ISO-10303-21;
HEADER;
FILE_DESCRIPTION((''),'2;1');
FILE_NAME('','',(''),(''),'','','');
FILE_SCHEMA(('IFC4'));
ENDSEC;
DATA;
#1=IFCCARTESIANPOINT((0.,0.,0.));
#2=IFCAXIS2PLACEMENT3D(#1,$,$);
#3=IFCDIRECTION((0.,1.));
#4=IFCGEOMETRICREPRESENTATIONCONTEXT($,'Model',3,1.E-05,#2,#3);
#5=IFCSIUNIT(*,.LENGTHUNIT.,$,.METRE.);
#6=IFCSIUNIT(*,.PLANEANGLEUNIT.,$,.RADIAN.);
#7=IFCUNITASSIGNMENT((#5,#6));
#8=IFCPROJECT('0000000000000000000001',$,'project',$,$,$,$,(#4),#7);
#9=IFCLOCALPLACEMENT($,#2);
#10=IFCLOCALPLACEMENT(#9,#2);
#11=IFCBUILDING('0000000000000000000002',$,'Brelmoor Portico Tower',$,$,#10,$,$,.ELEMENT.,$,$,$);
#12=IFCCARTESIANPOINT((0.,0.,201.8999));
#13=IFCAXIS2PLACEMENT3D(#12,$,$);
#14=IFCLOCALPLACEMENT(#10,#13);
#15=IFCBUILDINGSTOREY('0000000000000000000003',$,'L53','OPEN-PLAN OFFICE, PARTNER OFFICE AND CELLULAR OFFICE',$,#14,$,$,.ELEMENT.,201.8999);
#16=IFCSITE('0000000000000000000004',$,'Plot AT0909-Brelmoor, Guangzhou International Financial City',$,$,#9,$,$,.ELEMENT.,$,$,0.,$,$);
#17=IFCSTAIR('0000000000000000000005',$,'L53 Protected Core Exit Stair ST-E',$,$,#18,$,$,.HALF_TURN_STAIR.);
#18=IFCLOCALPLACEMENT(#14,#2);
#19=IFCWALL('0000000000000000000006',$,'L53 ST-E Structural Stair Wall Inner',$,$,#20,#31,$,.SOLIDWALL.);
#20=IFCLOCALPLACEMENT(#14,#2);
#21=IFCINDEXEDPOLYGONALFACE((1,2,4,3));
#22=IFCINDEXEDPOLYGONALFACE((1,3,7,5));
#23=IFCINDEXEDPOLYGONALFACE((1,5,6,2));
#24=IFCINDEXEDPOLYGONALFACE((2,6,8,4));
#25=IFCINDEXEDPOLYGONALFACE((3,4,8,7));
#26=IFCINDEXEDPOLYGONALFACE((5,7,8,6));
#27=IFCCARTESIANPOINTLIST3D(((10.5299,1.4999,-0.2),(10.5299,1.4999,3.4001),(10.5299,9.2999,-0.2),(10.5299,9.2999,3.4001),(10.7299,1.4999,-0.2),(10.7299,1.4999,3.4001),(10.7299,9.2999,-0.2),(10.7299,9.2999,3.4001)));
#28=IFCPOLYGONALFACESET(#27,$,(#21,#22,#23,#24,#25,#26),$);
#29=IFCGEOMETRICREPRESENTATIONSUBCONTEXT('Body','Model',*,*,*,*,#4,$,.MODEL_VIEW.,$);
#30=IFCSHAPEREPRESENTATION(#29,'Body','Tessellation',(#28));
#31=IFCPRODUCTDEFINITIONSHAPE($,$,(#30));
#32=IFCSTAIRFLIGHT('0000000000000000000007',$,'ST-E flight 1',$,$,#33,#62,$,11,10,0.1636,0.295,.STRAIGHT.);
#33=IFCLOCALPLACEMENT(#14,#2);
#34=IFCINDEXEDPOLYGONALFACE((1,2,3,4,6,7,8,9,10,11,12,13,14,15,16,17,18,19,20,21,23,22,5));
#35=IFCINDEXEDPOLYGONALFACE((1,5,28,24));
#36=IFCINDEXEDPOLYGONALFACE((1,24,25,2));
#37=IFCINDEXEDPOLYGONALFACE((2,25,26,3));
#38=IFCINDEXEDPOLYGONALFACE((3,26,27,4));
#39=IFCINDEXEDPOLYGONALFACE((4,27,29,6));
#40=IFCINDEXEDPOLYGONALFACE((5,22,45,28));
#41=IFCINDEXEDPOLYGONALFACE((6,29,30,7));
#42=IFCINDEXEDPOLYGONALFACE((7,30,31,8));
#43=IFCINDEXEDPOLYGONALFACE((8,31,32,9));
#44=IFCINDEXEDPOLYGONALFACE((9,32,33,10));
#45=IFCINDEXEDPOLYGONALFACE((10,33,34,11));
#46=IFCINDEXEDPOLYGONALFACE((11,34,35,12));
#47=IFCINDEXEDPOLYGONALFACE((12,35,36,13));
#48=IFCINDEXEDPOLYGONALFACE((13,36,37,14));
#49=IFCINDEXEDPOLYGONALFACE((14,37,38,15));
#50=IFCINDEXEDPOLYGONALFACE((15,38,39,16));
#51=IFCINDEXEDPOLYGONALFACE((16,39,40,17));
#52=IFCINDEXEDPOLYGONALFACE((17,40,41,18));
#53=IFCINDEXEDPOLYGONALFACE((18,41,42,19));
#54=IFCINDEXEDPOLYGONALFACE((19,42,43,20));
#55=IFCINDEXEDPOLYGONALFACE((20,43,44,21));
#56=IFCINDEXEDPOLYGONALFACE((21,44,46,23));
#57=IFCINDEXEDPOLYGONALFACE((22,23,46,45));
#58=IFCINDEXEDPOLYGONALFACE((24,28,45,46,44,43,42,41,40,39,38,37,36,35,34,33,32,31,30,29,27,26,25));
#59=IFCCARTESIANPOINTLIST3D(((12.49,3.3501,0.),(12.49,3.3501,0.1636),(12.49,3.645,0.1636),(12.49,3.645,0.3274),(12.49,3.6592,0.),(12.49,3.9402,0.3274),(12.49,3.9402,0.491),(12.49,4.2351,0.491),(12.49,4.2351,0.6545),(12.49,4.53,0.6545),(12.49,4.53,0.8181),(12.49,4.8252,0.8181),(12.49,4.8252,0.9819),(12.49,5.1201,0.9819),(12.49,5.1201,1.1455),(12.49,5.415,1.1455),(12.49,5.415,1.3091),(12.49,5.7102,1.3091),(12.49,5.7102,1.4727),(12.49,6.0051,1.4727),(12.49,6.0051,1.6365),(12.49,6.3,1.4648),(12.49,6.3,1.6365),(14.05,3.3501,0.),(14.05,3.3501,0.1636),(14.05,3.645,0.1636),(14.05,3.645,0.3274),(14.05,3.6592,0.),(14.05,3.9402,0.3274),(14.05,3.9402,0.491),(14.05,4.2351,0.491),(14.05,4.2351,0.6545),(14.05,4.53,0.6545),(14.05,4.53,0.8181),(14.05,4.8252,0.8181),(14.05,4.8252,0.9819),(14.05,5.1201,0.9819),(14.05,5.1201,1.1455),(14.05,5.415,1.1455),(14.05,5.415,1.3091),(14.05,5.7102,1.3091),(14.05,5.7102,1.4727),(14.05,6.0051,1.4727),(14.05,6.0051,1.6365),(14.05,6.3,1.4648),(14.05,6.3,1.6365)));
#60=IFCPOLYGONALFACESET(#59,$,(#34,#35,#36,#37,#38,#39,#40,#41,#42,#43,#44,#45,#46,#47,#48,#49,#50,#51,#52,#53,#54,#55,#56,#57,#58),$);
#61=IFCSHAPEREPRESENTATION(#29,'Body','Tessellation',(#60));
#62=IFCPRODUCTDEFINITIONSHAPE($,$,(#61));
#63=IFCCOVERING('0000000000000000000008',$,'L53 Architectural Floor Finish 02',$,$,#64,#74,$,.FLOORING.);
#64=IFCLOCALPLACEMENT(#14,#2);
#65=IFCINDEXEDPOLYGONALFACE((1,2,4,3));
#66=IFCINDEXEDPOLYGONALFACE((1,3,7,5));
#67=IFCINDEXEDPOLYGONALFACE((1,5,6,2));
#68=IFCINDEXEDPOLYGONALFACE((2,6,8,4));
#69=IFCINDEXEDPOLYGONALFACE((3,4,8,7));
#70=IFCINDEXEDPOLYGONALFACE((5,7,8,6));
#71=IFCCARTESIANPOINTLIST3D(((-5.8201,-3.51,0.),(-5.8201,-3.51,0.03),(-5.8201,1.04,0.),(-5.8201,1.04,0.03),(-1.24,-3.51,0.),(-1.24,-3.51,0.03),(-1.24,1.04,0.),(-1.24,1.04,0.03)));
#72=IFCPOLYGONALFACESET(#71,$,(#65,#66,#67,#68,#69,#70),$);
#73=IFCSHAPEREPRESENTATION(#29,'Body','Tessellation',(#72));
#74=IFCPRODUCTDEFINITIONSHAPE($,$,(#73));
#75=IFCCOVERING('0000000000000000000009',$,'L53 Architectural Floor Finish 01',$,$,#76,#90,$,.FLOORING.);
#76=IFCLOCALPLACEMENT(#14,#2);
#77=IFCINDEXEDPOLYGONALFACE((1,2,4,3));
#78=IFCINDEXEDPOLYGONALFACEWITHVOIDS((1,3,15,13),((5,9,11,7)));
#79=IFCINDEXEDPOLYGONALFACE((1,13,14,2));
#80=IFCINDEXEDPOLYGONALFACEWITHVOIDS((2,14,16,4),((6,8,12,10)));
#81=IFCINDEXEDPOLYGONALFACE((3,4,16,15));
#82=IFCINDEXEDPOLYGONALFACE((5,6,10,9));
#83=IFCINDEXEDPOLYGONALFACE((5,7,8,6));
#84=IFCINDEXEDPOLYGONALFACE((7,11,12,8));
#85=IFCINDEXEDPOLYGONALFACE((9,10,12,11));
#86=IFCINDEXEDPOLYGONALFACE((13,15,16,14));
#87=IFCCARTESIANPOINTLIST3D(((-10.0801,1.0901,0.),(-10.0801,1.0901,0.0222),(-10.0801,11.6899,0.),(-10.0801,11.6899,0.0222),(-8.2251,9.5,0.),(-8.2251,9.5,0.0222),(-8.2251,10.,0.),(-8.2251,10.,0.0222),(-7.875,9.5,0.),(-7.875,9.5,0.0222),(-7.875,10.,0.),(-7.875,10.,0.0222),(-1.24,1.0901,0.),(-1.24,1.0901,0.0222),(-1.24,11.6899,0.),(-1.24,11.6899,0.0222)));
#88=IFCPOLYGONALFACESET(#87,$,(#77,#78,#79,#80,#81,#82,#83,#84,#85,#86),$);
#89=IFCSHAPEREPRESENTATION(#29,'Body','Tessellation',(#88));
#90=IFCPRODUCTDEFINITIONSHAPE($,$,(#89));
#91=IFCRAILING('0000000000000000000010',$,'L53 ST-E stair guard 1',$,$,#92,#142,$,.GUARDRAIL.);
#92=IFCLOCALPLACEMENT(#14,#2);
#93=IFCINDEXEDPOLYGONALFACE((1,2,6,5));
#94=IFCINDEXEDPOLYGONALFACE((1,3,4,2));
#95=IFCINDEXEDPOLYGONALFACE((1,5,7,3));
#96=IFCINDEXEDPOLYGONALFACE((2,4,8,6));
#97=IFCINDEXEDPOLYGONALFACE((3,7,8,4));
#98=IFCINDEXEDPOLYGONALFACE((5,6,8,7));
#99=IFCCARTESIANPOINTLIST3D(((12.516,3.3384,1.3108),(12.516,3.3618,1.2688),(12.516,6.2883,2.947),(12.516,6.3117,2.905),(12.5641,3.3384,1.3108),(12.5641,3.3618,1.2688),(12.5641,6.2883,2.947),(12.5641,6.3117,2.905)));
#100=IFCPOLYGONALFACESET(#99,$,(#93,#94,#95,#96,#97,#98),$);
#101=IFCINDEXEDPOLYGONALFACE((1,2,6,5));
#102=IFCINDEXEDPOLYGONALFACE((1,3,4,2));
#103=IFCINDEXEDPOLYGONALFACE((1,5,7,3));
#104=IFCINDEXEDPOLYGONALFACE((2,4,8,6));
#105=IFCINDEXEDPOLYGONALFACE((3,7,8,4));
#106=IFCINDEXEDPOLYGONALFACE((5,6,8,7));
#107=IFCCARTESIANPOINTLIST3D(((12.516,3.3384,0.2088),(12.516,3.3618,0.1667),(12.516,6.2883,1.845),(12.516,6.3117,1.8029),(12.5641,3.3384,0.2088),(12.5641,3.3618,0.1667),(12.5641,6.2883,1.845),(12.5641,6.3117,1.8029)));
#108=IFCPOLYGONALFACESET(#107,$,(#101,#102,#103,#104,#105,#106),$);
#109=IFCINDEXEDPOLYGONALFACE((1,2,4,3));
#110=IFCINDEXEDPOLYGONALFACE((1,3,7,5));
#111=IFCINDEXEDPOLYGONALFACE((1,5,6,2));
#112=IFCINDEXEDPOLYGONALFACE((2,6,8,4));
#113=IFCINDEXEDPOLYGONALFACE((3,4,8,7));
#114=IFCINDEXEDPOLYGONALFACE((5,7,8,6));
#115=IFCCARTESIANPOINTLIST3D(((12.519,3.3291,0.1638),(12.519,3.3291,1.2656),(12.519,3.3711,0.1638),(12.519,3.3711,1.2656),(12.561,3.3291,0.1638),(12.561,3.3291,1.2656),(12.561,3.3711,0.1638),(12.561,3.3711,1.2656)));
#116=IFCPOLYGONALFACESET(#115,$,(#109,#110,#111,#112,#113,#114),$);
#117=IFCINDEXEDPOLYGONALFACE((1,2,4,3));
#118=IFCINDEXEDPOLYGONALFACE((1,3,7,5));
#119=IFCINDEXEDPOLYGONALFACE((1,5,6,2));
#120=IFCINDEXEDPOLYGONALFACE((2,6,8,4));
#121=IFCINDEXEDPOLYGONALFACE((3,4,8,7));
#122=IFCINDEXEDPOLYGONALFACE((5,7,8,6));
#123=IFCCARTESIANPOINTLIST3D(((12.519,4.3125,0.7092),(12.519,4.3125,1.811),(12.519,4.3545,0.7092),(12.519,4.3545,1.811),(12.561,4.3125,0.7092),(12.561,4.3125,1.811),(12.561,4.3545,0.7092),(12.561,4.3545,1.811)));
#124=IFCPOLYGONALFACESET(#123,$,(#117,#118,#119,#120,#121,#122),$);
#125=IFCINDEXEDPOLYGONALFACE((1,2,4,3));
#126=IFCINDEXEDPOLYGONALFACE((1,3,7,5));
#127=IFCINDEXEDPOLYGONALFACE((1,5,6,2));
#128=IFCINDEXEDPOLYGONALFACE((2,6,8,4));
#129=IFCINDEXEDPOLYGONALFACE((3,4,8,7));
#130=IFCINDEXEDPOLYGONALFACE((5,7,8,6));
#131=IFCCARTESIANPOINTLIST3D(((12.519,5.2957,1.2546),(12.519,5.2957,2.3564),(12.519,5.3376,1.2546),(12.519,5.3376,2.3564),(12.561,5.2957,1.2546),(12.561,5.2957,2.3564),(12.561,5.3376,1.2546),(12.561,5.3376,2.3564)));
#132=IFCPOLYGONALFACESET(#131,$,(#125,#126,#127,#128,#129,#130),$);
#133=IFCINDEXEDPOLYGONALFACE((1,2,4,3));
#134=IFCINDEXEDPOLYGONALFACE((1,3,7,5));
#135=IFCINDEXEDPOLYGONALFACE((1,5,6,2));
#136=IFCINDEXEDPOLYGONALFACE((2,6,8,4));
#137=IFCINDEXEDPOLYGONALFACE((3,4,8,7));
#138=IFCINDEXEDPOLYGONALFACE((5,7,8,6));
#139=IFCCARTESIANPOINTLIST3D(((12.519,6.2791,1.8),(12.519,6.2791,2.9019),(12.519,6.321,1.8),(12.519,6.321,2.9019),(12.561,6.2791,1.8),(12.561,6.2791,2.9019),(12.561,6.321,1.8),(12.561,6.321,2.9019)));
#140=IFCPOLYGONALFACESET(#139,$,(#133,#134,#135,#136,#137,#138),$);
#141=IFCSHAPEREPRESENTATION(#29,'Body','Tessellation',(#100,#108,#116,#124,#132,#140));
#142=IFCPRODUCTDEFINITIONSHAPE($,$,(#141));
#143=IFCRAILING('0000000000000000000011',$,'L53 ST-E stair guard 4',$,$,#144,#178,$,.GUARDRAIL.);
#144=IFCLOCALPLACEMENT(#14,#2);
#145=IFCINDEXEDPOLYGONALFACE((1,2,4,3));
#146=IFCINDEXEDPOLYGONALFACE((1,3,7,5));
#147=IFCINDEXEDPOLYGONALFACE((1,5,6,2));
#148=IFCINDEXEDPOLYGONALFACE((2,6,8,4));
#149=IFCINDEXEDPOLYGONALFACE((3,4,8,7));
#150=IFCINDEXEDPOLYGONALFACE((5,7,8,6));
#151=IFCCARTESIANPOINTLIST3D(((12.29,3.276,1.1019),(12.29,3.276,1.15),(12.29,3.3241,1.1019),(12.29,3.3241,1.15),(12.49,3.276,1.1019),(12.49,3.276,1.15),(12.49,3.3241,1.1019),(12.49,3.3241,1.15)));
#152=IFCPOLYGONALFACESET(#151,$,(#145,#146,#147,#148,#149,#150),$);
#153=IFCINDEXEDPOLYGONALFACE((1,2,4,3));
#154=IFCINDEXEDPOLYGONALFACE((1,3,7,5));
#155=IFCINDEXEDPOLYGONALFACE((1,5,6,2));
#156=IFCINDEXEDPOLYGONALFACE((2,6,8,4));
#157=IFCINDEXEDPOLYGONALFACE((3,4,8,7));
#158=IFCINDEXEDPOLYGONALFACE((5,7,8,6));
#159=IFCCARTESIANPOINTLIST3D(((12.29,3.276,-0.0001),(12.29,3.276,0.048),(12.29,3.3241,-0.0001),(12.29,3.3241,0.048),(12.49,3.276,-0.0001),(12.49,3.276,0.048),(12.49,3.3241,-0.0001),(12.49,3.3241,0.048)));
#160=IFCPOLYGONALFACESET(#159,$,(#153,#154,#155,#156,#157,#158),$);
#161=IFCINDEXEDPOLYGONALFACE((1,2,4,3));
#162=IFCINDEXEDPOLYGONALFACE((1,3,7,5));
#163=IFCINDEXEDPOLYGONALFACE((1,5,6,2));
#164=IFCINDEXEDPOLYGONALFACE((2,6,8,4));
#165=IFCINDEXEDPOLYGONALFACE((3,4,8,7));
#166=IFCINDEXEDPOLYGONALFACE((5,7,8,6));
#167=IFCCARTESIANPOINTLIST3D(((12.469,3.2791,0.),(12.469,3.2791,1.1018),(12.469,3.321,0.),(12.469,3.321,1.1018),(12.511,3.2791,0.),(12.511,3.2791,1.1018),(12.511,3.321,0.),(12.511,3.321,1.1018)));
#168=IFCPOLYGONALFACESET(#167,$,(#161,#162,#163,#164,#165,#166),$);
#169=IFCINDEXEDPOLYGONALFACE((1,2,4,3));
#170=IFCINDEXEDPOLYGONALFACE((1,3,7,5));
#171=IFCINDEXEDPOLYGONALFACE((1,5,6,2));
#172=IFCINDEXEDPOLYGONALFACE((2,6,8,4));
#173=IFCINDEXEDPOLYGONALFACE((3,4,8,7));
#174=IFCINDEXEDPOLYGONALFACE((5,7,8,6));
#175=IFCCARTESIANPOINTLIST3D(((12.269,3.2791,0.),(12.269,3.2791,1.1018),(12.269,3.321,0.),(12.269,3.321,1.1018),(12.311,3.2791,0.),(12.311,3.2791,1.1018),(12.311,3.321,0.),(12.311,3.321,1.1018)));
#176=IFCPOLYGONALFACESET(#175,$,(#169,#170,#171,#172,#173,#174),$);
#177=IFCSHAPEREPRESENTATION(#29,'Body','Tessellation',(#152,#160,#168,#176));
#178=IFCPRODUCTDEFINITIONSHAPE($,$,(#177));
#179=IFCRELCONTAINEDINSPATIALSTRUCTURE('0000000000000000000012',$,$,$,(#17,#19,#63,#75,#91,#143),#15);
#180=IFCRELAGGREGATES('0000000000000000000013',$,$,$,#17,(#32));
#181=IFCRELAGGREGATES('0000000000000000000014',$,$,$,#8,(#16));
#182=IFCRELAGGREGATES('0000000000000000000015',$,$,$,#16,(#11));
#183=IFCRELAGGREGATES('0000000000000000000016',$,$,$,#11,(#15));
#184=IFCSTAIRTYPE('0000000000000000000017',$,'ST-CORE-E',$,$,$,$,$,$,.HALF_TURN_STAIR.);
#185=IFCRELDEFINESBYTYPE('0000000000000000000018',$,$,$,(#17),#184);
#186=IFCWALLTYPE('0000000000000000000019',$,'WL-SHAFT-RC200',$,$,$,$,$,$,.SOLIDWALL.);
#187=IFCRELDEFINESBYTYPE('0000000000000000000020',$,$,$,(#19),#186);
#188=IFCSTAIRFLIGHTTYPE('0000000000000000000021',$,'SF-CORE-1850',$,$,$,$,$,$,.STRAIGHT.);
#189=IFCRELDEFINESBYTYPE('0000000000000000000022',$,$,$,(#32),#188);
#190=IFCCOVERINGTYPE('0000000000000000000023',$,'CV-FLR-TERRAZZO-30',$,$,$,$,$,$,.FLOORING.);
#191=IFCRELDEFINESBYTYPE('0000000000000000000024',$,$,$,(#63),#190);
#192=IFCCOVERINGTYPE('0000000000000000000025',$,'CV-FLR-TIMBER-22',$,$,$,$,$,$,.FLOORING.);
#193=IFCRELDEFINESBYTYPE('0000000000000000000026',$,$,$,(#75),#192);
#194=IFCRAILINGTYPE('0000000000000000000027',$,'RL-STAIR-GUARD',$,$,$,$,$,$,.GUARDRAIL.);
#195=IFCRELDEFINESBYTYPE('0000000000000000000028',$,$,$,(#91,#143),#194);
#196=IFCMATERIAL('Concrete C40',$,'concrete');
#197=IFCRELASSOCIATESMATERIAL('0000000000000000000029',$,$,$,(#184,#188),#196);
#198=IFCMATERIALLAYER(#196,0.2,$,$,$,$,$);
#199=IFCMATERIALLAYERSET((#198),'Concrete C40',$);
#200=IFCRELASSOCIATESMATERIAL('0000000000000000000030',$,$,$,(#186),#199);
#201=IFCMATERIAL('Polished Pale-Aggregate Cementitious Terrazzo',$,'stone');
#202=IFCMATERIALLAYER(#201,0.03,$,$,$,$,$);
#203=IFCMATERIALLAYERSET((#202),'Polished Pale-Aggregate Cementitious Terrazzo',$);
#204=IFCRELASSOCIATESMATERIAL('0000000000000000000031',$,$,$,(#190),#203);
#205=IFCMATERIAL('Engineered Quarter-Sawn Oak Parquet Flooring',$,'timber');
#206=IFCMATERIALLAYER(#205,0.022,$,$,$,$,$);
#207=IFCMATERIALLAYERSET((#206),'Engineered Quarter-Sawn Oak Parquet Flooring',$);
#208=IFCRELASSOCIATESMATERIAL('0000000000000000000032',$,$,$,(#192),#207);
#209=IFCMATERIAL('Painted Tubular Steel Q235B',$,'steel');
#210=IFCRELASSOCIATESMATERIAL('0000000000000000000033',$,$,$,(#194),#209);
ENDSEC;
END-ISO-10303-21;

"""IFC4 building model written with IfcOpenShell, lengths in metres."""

from ifc_helpers import new_model, si_unit, direction, frame, frame_2d, origin, origin_2d, place, context, subcontext, project, spatial, polyline, rectangle, outline, extrude, material, layer, layer_set, type_object, element, aggregate, save


model = new_model("IFC4")

# Units and contexts
model_context = context("Model", 3, precision=1e-05, world=origin(), true_north=direction((0.0, 1.0)))
body_context = subcontext(model_context, "Body", "Model", "MODEL_VIEW")
ifc_project = project(units=[si_unit("LENGTHUNIT", "METRE"), si_unit("PLANEANGLEUNIT", "RADIAN")], contexts=[model_context])

# Site, building, storey
site_placement = place(None, origin())
site = spatial("IfcSite", under=ifc_project, at=site_placement, Name="Plot AT0909-Brelmoor, Guangzhou International Financial City", CompositionType="ELEMENT", RefElevation=0.0)
building_placement = place(site_placement, origin())
building = spatial("IfcBuilding", under=site, at=building_placement, Name="Brelmoor Portico Tower", CompositionType="ELEMENT")
storey_placement = place(building_placement, frame((0.0, 0.0, 201.8999)))
storey = spatial("IfcBuildingStorey", under=building, at=storey_placement, Name="L53", Description="OPEN-PLAN OFFICE, PARTNER OFFICE AND CELLULAR OFFICE", CompositionType="ELEMENT", Elevation=201.8999)

# Stair
ifc_material_1 = material(Name="Concrete C40", Category="concrete")
stair_type_1 = type_object("IfcStairType", Name="ST-CORE-E", PredefinedType="HALF_TURN_STAIR", material=ifc_material_1)
stair_1_placement = place(storey_placement, origin())
stair_1 = element("IfcStair", 1, at=stair_1_placement, inside=storey, type_object=stair_type_1, Name="L53 Protected Core Exit Stair ST-E", PredefinedType="HALF_TURN_STAIR")

# Shared definitions
ifc_layer_1 = layer(ifc_material_1, 0.2)
ifc_layer_set_1 = layer_set([ifc_layer_1], Name="Concrete C40")
wall_type_1 = type_object("IfcWallType", Name="WL-SHAFT-RC200", PredefinedType="SOLIDWALL", material=ifc_layer_set_1)

# Wall
wall_1_placement = place(storey_placement, frame((10.6299, 1.5, -0.2), z_axis=(0.0, 0.0, 1.0), x_axis=(0.0, 1.0, 0.0)))
element("IfcWall", 2, at=wall_1_placement, inside=storey, type_object=wall_type_1, Name="L53 ST-E Structural Stair Wall Inner", PredefinedType="SOLIDWALL", context=body_context, shape_type="SweptSolid", body=[
    extrude(rectangle(XDim=7.8, YDim=0.2, at=frame_2d((3.8999, 0.0))), origin(), (0.0, 0.0, 1.0), 3.6001),
])

# Stair flight
stair_flight_type = type_object("IfcStairFlightType", Name="SF-CORE-1850", PredefinedType="STRAIGHT", material=ifc_material_1)
stair_flight_placement = place(storey_placement, frame((13.27, 3.3501, 0.0), z_axis=(0.0, 0.0, 1.0), x_axis=(0.0, 1.0, 0.0)))
stair_flight = element("IfcStairFlight", 3, at=stair_flight_placement, type_object=stair_flight_type, Name="ST-E flight 1", NumberOfRisers=11, NumberOfTreads=10, PredefinedType="STRAIGHT", RiserHeight=0.1636, TreadLength=0.295, context=body_context, shape_type="SweptSolid", body=[
    extrude(outline(polyline([(0.0, 0.0), (0.0, 0.1636), (0.2949, 0.1636), (0.2949, 0.3274), (0.5901, 0.3274), (0.5901, 0.491), (0.885, 0.491), (0.885, 0.6545), (1.1799, 0.6545), (1.1799, 0.8181), (1.4751, 0.8181), (1.4751, 0.9819), (1.77, 0.9819), (1.77, 1.1455), (2.0649, 1.1455), (2.0649, 1.3091), (2.3601, 1.3091), (2.3601, 1.4727), (2.655, 1.4727), (2.655, 1.6365), (2.95, 1.6365), (2.95, 1.8), (2.95, 1.4648), (0.3091, 0.0), (0.0, 0.0)])), frame((0.0, 0.78, 0.0), z_axis=(0.0, -1.0, 0.0), x_axis=(1.0, 0.0, 0.0)), (0.0, 0.0, 1.0), 1.5601),
])
aggregate(stair_1, [stair_flight])

# Coverings
ifc_material_2 = material(Name="Polished Pale-Aggregate Cementitious Terrazzo", Category="stone")
ifc_layer_2 = layer(ifc_material_2, 0.03)
ifc_layer_set_2 = layer_set([ifc_layer_2], Name="Polished Pale-Aggregate Cementitious Terrazzo")
covering_type_1 = type_object("IfcCoveringType", Name="CV-FLR-TERRAZZO-30", PredefinedType="FLOORING", material=ifc_layer_set_2)
covering_1_placement = place(storey_placement, origin())
element("IfcCovering", 4, at=covering_1_placement, inside=storey, type_object=covering_type_1, Name="L53 Architectural Floor Finish 02", PredefinedType="FLOORING", context=body_context, shape_type="SweptSolid", body=[
    extrude(outline(polyline([(-5.8201, -3.51), (-5.8201, 1.04), (-1.24, 1.04), (-1.24, -3.51), (-5.8201, -3.51)])), origin(), (0.0, 0.0, 1.0), 0.03),
])
ifc_material_3 = material(Name="Engineered Quarter-Sawn Oak Parquet Flooring", Category="timber")
ifc_layer_3 = layer(ifc_material_3, 0.022)
ifc_layer_set_3 = layer_set([ifc_layer_3], Name="Engineered Quarter-Sawn Oak Parquet Flooring")
covering_type_2 = type_object("IfcCoveringType", Name="CV-FLR-TIMBER-22", PredefinedType="FLOORING", material=ifc_layer_set_3)
covering_2_placement = place(storey_placement, origin())
element("IfcCovering", 5, at=covering_2_placement, inside=storey, type_object=covering_type_2, Name="L53 Architectural Floor Finish 01", PredefinedType="FLOORING", context=body_context, shape_type="SweptSolid", body=[
    extrude(outline(polyline([(-10.0801, 11.6899), (-1.24, 11.6899), (-1.24, 1.0901), (-10.0801, 1.0901), (-10.0801, 11.6899)]), holes=[polyline([(-7.875, 9.5), (-7.875, 10.0), (-8.2251, 10.0), (-8.2251, 9.5), (-7.875, 9.5)])]), origin(), (0.0, 0.0, 1.0), 0.0222),
])

# Railings
ifc_material_4 = material(Name="Painted Tubular Steel Q235B", Category="steel")
railing_type_1 = type_object("IfcRailingType", Name="RL-STAIR-GUARD", PredefinedType="GUARDRAIL", material=ifc_material_4)
railing_1_placement = place(storey_placement, frame((12.54, 3.3501, 0.1638)))
element("IfcRailing", 6, at=railing_1_placement, inside=storey, type_object=railing_type_1, Name="L53 ST-E stair guard 1", PredefinedType="GUARDRAIL", context=body_context, shape_type="SweptSolid", body=[
    extrude(rectangle(XDim=0.0481, YDim=0.0481, at=origin_2d()), frame((0.0, 0.0, 1.126), z_axis=(0.0, 0.874488, 0.485047), x_axis=(-1.0, 0.0, 0.0)), (0.0, 0.0, 1.0), 3.3733),
    extrude(rectangle(XDim=0.0481, YDim=0.0481, at=origin_2d()), frame((0.0, 0.0, 0.0239), z_axis=(0.0, 0.874488, 0.485047), x_axis=(-1.0, 0.0, 0.0)), (0.0, 0.0, 1.0), 3.3733),
    extrude(rectangle(XDim=0.042, YDim=0.042, at=origin_2d()), origin(), (0.0, 0.0, 1.0), 1.1018),
    extrude(rectangle(XDim=0.042, YDim=0.042, at=origin_2d()), frame((0.0, 0.9834, 0.5454)), (0.0, 0.0, 1.0), 1.1018),
    extrude(rectangle(XDim=0.042, YDim=0.042, at=origin_2d()), frame((0.0, 1.9666, 1.0908)), (0.0, 0.0, 1.0), 1.1018),
    extrude(rectangle(XDim=0.042, YDim=0.042, at=origin_2d()), frame((0.0, 2.95, 1.6362)), (0.0, 0.0, 1.0), 1.1018),
])
railing_2_placement = place(storey_placement, frame((12.49, 3.3, 0.0)))
element("IfcRailing", 7, at=railing_2_placement, inside=storey, type_object=railing_type_1, Name="L53 ST-E stair guard 4", PredefinedType="GUARDRAIL", context=body_context, shape_type="SweptSolid", body=[
    extrude(rectangle(XDim=0.0481, YDim=0.0481, at=origin_2d()), frame((0.0, 0.0, 1.126), z_axis=(-1.0, 0.0, 0.0), x_axis=(0.0, -1.0, 0.0)), (0.0, 0.0, 1.0), 0.2),
    extrude(rectangle(XDim=0.0481, YDim=0.0481, at=origin_2d()), frame((0.0, 0.0, 0.0239), z_axis=(-1.0, 0.0, 0.0), x_axis=(0.0, -1.0, 0.0)), (0.0, 0.0, 1.0), 0.2),
    extrude(rectangle(XDim=0.042, YDim=0.042, at=origin_2d()), origin(), (0.0, 0.0, 1.0), 1.1018),
    extrude(rectangle(XDim=0.042, YDim=0.042, at=origin_2d()), frame((-0.2, 0.0, 0.0)), (0.0, 0.0, 1.0), 1.1018),
])

save(model, "model.ifc")
